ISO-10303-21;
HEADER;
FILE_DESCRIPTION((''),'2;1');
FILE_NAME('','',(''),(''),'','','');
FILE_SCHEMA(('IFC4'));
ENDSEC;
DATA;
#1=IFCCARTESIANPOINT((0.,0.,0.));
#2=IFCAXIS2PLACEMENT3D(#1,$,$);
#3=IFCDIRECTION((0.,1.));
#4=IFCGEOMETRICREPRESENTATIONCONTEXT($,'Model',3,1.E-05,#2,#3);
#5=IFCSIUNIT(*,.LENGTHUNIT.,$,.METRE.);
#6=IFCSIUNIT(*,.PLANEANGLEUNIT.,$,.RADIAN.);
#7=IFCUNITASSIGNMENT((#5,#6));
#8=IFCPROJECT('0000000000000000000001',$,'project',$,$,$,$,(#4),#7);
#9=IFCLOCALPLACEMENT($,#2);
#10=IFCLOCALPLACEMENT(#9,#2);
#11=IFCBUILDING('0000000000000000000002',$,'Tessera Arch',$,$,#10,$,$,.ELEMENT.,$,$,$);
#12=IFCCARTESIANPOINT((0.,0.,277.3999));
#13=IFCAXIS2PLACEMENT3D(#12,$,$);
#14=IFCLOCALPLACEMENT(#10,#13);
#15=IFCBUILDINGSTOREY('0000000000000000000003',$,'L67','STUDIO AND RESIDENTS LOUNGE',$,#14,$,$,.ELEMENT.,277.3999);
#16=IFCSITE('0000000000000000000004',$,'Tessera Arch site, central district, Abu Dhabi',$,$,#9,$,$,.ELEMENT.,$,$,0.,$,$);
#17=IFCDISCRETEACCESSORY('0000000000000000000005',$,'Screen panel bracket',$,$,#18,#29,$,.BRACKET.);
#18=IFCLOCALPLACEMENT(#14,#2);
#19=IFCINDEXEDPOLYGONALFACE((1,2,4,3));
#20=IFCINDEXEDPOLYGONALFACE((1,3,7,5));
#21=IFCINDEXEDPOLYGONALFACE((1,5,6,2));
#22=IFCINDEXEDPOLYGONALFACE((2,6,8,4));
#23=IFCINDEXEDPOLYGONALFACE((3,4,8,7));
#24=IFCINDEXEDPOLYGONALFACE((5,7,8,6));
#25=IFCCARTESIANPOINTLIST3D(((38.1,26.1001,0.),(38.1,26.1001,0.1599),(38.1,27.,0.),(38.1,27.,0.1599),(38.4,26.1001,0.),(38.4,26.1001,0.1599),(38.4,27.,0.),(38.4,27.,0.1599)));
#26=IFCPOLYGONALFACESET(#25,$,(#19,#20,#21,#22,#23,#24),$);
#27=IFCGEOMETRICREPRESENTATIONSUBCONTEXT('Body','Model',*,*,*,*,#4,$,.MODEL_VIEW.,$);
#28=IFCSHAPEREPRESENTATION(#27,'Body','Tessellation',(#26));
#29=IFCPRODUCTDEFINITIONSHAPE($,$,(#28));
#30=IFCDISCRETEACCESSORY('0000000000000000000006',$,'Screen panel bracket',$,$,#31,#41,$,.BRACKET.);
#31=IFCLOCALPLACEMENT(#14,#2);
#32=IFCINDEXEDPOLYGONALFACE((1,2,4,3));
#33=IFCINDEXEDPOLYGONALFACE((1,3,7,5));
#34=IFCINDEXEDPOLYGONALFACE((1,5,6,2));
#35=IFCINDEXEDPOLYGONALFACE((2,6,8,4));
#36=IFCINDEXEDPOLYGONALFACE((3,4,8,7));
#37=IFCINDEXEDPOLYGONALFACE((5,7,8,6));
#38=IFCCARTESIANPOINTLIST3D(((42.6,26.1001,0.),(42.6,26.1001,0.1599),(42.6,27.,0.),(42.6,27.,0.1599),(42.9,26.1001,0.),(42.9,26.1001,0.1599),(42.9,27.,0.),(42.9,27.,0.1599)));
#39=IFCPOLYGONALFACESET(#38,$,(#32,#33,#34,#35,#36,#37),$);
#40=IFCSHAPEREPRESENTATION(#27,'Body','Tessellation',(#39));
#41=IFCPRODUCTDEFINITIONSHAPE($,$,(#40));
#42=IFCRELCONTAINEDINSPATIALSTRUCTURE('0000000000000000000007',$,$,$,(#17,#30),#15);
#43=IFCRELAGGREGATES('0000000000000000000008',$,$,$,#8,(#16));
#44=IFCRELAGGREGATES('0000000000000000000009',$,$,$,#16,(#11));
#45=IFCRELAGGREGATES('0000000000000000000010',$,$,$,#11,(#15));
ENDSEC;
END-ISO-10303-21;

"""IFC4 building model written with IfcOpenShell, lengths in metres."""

from ifc_helpers import new_model, si_unit, direction, frame, origin, origin_2d, place, context, subcontext, project, spatial, rectangle, extrude, element, save


model = new_model("IFC4")

# Units and contexts
model_context = context("Model", 3, precision=1e-05, world=origin(), true_north=direction((0.0, 1.0)))
body_context = subcontext(model_context, "Body", "Model", "MODEL_VIEW")
ifc_project = project(units=[si_unit("LENGTHUNIT", "METRE"), si_unit("PLANEANGLEUNIT", "RADIAN")], contexts=[model_context])

# Site, building, storey
site_placement = place(None, origin())
site = spatial("IfcSite", under=ifc_project, at=site_placement, Name="Tessera Arch site, central district, Abu Dhabi", CompositionType="ELEMENT", RefElevation=0.0)
building_placement = place(site_placement, origin())
building = spatial("IfcBuilding", under=site, at=building_placement, Name="Tessera Arch", CompositionType="ELEMENT")
storey_placement = place(building_placement, frame((0.0, 0.0, 277.3999)))
storey = spatial("IfcBuildingStorey", under=building, at=storey_placement, Name="L67", Description="STUDIO AND RESIDENTS LOUNGE", CompositionType="ELEMENT", Elevation=277.3999)

# Discrete accessories
for number, where, z_axis, x_axis, name in (
    (1, (38.25, 26.55, 0.0), (0.0, 0.0, 1.0), (0.0, -1.0, 0.0), "Screen panel bracket"),
    (2, (42.75, 26.55, 0.0), (0.0, 0.0, 1.0), (0.0, -1.0, 0.0), "Screen panel bracket"),
):
    element("IfcDiscreteAccessory", number, at=place(storey_placement, frame(where, z_axis=z_axis, x_axis=x_axis)), inside=storey, Name=name, PredefinedType="BRACKET", context=body_context, shape_type="SweptSolid", body=[
        extrude(rectangle(XDim=0.8999, YDim=0.3, at=origin_2d()), origin(), (0.0, 0.0, 1.0), 0.1599),
    ])

save(model, "model.ifc")
